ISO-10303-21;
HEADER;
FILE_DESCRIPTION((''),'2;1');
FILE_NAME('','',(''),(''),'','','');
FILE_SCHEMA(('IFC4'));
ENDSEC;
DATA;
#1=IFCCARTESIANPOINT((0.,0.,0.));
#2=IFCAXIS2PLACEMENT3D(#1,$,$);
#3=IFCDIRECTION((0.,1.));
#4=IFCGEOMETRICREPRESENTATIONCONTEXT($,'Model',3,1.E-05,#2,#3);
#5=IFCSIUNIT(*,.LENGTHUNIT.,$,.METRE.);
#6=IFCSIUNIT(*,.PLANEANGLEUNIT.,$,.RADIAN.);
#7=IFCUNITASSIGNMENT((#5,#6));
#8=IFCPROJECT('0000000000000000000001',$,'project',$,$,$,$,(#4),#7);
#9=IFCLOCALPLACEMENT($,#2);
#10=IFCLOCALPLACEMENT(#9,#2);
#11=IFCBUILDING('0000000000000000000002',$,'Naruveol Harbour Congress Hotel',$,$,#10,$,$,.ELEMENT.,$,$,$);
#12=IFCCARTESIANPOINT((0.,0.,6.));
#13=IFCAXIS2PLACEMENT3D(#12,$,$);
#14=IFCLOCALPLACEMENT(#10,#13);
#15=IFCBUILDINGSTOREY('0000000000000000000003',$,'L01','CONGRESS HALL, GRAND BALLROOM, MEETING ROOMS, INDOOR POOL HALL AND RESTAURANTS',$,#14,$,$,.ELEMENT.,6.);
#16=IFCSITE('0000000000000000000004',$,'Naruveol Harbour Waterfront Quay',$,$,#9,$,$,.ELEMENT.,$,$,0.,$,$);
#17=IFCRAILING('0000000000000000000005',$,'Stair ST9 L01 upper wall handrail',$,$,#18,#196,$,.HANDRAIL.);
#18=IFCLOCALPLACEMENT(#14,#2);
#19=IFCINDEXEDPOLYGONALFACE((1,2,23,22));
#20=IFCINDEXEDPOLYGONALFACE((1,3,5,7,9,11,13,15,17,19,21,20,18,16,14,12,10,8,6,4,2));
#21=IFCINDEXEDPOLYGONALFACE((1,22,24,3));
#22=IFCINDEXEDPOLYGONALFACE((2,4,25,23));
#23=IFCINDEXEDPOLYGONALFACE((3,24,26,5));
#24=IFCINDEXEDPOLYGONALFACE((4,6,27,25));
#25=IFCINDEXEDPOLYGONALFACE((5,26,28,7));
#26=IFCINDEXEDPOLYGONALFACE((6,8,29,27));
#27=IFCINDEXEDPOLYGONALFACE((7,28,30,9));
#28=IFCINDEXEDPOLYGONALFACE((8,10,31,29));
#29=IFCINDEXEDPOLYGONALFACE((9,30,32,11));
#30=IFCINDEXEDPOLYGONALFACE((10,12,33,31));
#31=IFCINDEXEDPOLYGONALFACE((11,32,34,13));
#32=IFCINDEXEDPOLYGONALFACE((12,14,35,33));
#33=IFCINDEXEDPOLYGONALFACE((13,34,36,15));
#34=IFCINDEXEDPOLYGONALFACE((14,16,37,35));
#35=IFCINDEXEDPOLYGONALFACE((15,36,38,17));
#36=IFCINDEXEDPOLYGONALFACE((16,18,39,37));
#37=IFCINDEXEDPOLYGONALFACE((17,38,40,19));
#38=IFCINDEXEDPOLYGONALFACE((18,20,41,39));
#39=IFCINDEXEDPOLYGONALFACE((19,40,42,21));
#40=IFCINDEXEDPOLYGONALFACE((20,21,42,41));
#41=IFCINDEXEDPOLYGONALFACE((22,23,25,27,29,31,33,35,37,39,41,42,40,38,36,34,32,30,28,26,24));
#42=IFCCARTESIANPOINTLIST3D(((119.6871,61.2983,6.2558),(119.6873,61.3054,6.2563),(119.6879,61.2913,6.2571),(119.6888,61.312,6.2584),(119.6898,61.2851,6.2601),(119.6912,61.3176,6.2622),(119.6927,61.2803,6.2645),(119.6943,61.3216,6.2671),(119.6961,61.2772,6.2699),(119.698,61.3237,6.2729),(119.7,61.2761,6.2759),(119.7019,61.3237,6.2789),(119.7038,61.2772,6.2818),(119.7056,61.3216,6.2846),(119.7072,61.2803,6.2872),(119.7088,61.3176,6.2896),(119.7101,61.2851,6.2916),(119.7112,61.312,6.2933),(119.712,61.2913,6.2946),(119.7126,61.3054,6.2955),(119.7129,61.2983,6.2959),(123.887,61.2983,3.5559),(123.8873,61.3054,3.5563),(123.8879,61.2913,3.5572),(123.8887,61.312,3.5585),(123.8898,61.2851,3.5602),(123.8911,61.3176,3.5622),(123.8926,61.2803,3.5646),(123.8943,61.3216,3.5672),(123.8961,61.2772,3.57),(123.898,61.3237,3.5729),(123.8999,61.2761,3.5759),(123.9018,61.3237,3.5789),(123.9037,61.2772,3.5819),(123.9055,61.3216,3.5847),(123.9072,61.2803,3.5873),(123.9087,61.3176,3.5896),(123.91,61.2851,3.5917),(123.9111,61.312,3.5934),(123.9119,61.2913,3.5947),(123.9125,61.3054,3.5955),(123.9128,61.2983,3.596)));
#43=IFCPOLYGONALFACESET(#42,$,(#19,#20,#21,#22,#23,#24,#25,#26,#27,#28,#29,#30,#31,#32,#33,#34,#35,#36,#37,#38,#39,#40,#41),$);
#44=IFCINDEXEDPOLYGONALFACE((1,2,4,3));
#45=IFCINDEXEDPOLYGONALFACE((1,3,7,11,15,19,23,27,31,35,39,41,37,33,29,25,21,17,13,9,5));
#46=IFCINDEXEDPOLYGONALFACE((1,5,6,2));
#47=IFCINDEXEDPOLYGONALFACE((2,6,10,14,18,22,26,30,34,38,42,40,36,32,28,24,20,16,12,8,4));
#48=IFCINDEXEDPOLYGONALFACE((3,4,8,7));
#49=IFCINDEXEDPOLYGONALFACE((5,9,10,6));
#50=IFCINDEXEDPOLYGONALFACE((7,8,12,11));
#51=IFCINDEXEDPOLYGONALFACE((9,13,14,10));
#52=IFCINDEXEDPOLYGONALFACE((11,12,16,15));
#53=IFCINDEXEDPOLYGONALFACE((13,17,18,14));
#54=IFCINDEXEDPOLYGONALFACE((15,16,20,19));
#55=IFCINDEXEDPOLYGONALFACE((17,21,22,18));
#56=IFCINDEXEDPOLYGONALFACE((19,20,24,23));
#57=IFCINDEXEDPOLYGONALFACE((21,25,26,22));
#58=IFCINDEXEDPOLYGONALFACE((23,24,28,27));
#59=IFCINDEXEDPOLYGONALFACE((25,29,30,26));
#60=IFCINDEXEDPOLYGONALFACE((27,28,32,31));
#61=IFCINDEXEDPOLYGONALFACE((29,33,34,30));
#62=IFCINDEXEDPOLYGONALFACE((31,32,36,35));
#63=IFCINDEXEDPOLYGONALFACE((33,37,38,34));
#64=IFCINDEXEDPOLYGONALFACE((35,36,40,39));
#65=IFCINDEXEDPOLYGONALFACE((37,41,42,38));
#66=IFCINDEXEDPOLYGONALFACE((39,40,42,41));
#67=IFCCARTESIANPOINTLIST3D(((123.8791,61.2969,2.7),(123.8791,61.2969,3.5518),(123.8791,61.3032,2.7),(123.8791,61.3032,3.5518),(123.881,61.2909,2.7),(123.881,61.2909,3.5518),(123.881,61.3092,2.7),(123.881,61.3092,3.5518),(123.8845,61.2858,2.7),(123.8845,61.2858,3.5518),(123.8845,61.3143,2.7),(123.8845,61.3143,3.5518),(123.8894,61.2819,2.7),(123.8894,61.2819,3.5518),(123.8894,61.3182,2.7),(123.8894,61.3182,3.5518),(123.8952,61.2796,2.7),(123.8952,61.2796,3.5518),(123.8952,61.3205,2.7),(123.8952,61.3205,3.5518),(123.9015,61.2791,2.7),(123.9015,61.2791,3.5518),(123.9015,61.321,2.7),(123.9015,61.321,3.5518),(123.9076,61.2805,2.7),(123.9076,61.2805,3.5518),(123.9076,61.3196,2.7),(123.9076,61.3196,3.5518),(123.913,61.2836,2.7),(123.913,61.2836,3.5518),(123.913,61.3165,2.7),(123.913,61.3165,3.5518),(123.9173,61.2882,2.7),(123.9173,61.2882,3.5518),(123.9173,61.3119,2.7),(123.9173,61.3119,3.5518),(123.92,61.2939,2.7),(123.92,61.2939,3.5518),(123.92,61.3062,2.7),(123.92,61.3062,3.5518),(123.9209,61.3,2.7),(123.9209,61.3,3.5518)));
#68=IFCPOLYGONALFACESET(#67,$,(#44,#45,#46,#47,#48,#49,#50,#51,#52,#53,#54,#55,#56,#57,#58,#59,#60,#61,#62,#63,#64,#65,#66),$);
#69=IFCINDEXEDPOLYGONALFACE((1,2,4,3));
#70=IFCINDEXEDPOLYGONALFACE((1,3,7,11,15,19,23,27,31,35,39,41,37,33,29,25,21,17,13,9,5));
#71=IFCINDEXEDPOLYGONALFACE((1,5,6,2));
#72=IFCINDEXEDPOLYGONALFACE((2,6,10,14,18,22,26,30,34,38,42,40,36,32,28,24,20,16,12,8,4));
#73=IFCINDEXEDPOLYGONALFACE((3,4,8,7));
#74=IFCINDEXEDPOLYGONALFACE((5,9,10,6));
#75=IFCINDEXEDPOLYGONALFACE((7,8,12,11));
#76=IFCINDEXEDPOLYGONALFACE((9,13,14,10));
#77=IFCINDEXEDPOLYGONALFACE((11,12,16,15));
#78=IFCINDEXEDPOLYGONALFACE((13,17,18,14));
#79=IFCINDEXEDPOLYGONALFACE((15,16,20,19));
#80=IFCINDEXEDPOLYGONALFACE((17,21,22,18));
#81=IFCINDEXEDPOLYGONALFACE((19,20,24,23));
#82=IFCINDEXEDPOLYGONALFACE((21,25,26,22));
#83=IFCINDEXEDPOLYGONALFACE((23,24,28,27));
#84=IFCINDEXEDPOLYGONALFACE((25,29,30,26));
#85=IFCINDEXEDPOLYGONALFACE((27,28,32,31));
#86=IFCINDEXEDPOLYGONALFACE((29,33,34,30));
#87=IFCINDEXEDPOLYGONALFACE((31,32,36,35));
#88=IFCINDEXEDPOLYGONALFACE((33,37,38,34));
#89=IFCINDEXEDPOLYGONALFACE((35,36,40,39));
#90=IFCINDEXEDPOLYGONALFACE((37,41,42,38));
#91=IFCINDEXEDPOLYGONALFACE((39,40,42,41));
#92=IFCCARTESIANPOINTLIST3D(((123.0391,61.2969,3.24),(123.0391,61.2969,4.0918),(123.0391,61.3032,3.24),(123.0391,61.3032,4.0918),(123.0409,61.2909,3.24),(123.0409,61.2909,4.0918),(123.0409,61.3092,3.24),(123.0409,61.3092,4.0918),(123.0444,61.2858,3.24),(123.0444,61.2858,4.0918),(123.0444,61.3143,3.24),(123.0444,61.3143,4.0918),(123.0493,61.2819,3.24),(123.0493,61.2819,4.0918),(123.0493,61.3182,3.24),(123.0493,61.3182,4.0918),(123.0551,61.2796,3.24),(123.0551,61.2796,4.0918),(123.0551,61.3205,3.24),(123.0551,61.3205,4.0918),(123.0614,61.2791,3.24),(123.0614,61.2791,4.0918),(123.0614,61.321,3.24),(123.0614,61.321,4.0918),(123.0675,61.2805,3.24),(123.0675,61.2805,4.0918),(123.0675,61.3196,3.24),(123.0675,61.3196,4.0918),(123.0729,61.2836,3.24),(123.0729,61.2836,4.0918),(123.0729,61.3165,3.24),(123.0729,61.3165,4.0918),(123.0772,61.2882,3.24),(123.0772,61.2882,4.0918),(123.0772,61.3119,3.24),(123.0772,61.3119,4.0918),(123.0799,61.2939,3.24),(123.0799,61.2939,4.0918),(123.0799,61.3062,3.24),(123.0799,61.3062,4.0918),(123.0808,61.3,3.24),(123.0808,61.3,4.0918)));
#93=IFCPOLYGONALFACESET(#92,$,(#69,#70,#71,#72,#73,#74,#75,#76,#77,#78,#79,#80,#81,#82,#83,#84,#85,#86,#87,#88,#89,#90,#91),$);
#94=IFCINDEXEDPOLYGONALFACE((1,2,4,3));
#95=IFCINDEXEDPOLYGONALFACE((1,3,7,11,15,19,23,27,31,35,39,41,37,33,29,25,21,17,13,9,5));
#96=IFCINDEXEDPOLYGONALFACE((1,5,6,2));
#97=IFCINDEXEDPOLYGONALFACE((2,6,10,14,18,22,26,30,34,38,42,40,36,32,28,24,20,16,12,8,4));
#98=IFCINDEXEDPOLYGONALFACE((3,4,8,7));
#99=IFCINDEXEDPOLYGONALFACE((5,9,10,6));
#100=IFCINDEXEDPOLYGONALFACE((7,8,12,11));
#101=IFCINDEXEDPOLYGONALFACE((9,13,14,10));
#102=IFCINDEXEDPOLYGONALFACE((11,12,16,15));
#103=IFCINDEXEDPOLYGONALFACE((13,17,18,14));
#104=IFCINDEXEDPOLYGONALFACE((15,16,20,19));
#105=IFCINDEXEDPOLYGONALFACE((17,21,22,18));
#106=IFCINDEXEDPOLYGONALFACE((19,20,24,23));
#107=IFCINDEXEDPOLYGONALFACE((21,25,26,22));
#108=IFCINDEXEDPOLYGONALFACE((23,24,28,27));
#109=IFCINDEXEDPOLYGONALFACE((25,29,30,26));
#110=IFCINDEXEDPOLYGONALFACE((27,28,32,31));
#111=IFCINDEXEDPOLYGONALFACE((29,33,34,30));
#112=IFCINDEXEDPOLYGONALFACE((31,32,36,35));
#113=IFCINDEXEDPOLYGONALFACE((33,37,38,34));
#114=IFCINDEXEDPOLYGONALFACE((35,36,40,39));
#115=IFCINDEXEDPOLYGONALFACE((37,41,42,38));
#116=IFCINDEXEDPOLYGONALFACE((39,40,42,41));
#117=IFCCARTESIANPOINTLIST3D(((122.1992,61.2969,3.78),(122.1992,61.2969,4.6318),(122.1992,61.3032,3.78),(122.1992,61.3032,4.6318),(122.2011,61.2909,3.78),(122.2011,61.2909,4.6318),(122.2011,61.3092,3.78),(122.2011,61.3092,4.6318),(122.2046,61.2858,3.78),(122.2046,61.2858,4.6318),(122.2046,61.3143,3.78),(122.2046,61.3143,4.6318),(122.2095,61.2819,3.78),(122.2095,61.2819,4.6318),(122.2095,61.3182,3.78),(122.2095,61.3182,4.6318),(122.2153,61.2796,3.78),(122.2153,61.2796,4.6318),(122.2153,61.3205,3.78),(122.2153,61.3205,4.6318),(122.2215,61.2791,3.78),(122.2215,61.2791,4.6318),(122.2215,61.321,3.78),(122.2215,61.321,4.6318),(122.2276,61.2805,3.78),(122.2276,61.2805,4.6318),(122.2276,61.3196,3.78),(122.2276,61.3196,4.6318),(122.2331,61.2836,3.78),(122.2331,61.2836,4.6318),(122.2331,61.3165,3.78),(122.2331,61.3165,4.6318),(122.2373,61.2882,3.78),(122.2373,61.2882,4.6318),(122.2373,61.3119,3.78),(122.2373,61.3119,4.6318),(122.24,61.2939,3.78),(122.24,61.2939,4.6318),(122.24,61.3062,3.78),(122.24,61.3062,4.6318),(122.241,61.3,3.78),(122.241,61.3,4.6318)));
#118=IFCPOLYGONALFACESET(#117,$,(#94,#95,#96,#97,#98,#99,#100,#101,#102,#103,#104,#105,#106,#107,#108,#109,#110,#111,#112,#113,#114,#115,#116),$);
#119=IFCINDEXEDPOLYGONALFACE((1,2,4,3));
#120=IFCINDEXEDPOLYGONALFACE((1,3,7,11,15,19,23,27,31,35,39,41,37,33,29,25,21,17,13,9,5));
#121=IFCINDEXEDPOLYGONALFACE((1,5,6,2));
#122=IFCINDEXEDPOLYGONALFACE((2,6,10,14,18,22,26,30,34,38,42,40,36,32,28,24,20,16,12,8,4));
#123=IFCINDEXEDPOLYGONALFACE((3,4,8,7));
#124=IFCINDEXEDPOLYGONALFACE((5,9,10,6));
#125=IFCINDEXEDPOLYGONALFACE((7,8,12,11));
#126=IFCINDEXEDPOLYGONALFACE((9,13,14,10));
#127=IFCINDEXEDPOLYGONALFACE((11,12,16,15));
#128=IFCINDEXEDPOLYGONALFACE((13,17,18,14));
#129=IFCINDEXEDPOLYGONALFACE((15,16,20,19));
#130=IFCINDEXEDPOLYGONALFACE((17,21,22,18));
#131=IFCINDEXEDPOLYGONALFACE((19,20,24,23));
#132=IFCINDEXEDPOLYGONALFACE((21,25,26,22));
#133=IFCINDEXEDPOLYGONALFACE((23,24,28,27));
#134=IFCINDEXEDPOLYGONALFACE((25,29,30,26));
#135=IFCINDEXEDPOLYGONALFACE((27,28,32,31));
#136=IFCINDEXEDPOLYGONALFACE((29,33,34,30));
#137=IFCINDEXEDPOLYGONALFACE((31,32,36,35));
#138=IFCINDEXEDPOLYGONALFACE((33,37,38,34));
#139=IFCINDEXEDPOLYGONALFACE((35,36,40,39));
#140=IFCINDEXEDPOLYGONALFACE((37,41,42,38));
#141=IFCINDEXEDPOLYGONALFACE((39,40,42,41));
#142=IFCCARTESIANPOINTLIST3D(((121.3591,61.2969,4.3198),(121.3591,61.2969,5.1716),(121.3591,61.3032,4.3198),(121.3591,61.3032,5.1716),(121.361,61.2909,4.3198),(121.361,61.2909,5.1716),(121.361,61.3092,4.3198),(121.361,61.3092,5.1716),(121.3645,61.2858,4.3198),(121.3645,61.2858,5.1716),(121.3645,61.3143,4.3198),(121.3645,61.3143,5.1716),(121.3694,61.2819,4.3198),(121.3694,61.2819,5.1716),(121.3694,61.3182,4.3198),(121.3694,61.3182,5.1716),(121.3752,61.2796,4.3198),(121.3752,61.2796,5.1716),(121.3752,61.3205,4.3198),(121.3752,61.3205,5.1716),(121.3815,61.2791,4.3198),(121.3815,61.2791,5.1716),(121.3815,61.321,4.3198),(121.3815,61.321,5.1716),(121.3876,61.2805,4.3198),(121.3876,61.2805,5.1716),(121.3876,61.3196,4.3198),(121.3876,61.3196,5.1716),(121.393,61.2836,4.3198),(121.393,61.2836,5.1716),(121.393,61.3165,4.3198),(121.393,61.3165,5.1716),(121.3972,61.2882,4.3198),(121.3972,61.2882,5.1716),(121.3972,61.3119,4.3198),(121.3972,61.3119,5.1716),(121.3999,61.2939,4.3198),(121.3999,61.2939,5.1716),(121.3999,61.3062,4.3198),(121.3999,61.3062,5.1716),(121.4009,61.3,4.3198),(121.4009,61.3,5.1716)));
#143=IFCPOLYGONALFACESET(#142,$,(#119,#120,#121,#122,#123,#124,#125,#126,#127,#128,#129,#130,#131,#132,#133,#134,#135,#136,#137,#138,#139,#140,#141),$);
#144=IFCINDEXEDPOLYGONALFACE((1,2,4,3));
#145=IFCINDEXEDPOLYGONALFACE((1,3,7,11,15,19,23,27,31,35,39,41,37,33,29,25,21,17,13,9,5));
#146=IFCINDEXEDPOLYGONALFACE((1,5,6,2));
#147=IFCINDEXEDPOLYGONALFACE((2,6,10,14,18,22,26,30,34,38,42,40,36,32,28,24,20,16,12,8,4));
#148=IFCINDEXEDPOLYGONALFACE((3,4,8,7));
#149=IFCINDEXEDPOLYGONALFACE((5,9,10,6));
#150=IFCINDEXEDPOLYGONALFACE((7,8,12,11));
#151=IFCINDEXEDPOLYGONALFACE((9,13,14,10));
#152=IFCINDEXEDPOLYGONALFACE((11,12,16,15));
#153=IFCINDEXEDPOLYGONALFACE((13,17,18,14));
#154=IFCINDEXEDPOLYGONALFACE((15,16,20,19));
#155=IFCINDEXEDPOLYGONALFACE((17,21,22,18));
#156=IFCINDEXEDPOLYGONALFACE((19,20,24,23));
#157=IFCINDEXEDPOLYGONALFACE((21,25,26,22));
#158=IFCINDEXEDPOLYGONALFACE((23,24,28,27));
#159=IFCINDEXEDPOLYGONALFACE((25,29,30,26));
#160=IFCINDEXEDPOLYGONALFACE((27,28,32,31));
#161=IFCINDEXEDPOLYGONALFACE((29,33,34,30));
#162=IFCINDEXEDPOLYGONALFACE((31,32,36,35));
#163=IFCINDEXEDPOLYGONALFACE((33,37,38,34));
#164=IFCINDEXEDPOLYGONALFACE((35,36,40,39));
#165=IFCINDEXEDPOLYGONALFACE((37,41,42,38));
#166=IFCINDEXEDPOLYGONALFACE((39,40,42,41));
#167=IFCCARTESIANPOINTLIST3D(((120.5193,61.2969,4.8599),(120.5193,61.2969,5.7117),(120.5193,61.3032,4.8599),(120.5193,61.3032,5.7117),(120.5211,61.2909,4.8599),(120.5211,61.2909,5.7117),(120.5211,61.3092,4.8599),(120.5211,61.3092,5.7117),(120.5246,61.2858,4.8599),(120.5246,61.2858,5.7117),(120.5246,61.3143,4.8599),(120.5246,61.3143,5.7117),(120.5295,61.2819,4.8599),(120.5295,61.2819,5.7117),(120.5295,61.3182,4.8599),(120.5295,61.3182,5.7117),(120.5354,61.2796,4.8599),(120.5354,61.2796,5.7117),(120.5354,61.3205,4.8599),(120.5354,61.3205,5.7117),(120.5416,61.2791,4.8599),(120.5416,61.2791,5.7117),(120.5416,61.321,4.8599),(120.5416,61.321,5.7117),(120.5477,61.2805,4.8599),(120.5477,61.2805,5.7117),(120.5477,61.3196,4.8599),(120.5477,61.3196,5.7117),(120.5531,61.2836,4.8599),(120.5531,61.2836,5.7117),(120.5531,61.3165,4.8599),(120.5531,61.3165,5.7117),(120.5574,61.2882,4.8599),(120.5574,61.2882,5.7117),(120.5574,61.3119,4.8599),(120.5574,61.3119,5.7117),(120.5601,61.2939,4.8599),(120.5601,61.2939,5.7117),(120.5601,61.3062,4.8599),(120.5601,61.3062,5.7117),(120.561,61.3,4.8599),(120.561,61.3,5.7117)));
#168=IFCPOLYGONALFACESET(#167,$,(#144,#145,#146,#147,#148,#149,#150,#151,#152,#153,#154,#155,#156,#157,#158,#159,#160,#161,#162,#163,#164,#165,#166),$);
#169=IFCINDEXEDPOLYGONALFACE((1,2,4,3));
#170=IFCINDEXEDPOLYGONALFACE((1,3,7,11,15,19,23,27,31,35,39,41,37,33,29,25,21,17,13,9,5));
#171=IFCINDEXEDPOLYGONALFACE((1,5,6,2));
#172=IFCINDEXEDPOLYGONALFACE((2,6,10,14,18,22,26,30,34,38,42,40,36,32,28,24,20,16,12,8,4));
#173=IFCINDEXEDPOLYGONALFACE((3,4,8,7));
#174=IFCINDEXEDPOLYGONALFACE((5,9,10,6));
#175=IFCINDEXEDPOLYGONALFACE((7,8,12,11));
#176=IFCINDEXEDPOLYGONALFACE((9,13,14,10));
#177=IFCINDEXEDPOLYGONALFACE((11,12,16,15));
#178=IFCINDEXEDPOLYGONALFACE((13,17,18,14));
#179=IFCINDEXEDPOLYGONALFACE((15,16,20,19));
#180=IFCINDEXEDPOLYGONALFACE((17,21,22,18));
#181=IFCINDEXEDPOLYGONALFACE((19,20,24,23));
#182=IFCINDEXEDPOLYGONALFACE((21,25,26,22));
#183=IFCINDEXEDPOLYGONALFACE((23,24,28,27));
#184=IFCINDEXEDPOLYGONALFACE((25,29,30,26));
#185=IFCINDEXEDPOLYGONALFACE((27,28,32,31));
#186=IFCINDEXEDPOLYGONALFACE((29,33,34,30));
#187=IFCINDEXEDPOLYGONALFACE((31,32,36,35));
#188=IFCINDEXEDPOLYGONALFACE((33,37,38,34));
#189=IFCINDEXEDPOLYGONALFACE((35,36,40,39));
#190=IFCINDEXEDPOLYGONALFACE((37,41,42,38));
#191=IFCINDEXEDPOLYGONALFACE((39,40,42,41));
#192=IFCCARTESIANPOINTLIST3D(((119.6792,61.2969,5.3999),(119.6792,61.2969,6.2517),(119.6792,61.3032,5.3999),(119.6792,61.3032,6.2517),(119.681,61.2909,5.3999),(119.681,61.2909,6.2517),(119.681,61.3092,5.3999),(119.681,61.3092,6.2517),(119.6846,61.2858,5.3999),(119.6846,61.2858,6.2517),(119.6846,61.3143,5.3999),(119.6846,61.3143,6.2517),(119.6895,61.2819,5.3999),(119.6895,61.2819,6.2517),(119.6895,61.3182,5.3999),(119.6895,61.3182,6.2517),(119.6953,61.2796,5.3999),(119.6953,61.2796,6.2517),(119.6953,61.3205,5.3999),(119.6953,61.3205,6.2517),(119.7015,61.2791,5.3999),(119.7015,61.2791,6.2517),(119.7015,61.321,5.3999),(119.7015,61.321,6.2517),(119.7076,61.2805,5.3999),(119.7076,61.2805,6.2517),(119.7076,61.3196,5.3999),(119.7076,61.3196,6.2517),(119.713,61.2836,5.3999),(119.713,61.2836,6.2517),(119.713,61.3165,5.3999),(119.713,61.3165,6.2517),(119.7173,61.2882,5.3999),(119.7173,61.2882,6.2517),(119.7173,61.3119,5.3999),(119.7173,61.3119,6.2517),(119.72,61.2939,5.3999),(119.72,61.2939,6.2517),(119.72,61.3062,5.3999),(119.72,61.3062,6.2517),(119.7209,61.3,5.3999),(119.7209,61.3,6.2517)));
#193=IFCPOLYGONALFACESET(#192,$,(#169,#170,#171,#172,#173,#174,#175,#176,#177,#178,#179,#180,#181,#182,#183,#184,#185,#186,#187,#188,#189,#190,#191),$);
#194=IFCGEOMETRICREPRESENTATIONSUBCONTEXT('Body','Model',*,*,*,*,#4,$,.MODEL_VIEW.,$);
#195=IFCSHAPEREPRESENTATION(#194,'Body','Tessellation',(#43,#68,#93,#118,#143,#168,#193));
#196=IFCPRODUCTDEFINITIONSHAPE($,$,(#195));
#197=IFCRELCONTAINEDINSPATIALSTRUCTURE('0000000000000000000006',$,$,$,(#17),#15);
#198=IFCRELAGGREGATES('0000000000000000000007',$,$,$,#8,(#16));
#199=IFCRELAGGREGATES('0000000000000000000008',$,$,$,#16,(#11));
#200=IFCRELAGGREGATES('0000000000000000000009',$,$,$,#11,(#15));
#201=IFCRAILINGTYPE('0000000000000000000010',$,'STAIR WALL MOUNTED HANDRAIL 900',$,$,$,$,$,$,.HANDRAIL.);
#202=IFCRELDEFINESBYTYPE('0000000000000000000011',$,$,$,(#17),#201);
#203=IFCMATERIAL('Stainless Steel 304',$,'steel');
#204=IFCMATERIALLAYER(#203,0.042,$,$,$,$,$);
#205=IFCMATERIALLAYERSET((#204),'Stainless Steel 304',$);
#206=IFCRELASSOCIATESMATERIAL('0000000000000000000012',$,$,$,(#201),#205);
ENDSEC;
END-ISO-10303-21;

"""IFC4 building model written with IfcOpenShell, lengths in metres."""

from ifc_helpers import new_model, si_unit, direction, frame, origin, origin_2d, place, context, subcontext, project, spatial, circle, extrude, material, layer, layer_set, type_object, element, save


model = new_model("IFC4")

# Units and contexts
model_context = context("Model", 3, precision=1e-05, world=origin(), true_north=direction((0.0, 1.0)))
body_context = subcontext(model_context, "Body", "Model", "MODEL_VIEW")
ifc_project = project(units=[si_unit("LENGTHUNIT", "METRE"), si_unit("PLANEANGLEUNIT", "RADIAN")], contexts=[model_context])

# Site, building, storey
site_placement = place(None, origin())
site = spatial("IfcSite", under=ifc_project, at=site_placement, Name="Naruveol Harbour Waterfront Quay", CompositionType="ELEMENT", RefElevation=0.0)
building_placement = place(site_placement, origin())
building = spatial("IfcBuilding", under=site, at=building_placement, Name="Naruveol Harbour Congress Hotel", CompositionType="ELEMENT")
storey_placement = place(building_placement, frame((0.0, 0.0, 6.0)))
storey = spatial("IfcBuildingStorey", under=building, at=storey_placement, Name="L01", Description="CONGRESS HALL, GRAND BALLROOM, MEETING ROOMS, INDOOR POOL HALL AND RESTAURANTS", CompositionType="ELEMENT", Elevation=6.0)

# Railing
ifc_material_1 = material(Name="Stainless Steel 304", Category="steel")
ifc_layer_1 = layer(ifc_material_1, 0.042)
ifc_layer_set_1 = layer_set([ifc_layer_1], Name="Stainless Steel 304")
railing_type_1 = type_object("IfcRailingType", Name="STAIR WALL MOUNTED HANDRAIL 900", PredefinedType="HANDRAIL", material=ifc_layer_set_1)
railing_1_placement = place(storey_placement, frame((123.8999, 61.3, 2.7)))
element("IfcRailing", 1, at=railing_1_placement, inside=storey, type_object=railing_type_1, Name="Stair ST9 L01 upper wall handrail", PredefinedType="HANDRAIL", context=body_context, shape_type="SweptSolid", body=[
    extrude(circle(Radius=0.0239, at=origin_2d()), frame((0.0, 0.0, 0.876), z_axis=(-0.84118, 0.0, 0.540755), x_axis=(0.0, -1.0, 0.0)), (0.0, 0.0, 1.0), 4.9929),
    extrude(circle(Radius=0.021, at=origin_2d()), origin(), (0.0, 0.0, 1.0), 0.8518),
    extrude(circle(Radius=0.021, at=origin_2d()), frame((-0.8401, 0.0, 0.54)), (0.0, 0.0, 1.0), 0.8518),
    extrude(circle(Radius=0.021, at=origin_2d()), frame((-1.6799, 0.0, 1.0801)), (0.0, 0.0, 1.0), 0.8518),
    extrude(circle(Radius=0.021, at=origin_2d()), frame((-2.52, 0.0, 1.6199)), (0.0, 0.0, 1.0), 0.8518),
    extrude(circle(Radius=0.021, at=origin_2d()), frame((-3.3599, 0.0, 2.1599)), (0.0, 0.0, 1.0), 0.8518),
    extrude(circle(Radius=0.021, at=origin_2d()), frame((-4.2, 0.0, 2.7)), (0.0, 0.0, 1.0), 0.8518),
])

save(model, "model.ifc")
